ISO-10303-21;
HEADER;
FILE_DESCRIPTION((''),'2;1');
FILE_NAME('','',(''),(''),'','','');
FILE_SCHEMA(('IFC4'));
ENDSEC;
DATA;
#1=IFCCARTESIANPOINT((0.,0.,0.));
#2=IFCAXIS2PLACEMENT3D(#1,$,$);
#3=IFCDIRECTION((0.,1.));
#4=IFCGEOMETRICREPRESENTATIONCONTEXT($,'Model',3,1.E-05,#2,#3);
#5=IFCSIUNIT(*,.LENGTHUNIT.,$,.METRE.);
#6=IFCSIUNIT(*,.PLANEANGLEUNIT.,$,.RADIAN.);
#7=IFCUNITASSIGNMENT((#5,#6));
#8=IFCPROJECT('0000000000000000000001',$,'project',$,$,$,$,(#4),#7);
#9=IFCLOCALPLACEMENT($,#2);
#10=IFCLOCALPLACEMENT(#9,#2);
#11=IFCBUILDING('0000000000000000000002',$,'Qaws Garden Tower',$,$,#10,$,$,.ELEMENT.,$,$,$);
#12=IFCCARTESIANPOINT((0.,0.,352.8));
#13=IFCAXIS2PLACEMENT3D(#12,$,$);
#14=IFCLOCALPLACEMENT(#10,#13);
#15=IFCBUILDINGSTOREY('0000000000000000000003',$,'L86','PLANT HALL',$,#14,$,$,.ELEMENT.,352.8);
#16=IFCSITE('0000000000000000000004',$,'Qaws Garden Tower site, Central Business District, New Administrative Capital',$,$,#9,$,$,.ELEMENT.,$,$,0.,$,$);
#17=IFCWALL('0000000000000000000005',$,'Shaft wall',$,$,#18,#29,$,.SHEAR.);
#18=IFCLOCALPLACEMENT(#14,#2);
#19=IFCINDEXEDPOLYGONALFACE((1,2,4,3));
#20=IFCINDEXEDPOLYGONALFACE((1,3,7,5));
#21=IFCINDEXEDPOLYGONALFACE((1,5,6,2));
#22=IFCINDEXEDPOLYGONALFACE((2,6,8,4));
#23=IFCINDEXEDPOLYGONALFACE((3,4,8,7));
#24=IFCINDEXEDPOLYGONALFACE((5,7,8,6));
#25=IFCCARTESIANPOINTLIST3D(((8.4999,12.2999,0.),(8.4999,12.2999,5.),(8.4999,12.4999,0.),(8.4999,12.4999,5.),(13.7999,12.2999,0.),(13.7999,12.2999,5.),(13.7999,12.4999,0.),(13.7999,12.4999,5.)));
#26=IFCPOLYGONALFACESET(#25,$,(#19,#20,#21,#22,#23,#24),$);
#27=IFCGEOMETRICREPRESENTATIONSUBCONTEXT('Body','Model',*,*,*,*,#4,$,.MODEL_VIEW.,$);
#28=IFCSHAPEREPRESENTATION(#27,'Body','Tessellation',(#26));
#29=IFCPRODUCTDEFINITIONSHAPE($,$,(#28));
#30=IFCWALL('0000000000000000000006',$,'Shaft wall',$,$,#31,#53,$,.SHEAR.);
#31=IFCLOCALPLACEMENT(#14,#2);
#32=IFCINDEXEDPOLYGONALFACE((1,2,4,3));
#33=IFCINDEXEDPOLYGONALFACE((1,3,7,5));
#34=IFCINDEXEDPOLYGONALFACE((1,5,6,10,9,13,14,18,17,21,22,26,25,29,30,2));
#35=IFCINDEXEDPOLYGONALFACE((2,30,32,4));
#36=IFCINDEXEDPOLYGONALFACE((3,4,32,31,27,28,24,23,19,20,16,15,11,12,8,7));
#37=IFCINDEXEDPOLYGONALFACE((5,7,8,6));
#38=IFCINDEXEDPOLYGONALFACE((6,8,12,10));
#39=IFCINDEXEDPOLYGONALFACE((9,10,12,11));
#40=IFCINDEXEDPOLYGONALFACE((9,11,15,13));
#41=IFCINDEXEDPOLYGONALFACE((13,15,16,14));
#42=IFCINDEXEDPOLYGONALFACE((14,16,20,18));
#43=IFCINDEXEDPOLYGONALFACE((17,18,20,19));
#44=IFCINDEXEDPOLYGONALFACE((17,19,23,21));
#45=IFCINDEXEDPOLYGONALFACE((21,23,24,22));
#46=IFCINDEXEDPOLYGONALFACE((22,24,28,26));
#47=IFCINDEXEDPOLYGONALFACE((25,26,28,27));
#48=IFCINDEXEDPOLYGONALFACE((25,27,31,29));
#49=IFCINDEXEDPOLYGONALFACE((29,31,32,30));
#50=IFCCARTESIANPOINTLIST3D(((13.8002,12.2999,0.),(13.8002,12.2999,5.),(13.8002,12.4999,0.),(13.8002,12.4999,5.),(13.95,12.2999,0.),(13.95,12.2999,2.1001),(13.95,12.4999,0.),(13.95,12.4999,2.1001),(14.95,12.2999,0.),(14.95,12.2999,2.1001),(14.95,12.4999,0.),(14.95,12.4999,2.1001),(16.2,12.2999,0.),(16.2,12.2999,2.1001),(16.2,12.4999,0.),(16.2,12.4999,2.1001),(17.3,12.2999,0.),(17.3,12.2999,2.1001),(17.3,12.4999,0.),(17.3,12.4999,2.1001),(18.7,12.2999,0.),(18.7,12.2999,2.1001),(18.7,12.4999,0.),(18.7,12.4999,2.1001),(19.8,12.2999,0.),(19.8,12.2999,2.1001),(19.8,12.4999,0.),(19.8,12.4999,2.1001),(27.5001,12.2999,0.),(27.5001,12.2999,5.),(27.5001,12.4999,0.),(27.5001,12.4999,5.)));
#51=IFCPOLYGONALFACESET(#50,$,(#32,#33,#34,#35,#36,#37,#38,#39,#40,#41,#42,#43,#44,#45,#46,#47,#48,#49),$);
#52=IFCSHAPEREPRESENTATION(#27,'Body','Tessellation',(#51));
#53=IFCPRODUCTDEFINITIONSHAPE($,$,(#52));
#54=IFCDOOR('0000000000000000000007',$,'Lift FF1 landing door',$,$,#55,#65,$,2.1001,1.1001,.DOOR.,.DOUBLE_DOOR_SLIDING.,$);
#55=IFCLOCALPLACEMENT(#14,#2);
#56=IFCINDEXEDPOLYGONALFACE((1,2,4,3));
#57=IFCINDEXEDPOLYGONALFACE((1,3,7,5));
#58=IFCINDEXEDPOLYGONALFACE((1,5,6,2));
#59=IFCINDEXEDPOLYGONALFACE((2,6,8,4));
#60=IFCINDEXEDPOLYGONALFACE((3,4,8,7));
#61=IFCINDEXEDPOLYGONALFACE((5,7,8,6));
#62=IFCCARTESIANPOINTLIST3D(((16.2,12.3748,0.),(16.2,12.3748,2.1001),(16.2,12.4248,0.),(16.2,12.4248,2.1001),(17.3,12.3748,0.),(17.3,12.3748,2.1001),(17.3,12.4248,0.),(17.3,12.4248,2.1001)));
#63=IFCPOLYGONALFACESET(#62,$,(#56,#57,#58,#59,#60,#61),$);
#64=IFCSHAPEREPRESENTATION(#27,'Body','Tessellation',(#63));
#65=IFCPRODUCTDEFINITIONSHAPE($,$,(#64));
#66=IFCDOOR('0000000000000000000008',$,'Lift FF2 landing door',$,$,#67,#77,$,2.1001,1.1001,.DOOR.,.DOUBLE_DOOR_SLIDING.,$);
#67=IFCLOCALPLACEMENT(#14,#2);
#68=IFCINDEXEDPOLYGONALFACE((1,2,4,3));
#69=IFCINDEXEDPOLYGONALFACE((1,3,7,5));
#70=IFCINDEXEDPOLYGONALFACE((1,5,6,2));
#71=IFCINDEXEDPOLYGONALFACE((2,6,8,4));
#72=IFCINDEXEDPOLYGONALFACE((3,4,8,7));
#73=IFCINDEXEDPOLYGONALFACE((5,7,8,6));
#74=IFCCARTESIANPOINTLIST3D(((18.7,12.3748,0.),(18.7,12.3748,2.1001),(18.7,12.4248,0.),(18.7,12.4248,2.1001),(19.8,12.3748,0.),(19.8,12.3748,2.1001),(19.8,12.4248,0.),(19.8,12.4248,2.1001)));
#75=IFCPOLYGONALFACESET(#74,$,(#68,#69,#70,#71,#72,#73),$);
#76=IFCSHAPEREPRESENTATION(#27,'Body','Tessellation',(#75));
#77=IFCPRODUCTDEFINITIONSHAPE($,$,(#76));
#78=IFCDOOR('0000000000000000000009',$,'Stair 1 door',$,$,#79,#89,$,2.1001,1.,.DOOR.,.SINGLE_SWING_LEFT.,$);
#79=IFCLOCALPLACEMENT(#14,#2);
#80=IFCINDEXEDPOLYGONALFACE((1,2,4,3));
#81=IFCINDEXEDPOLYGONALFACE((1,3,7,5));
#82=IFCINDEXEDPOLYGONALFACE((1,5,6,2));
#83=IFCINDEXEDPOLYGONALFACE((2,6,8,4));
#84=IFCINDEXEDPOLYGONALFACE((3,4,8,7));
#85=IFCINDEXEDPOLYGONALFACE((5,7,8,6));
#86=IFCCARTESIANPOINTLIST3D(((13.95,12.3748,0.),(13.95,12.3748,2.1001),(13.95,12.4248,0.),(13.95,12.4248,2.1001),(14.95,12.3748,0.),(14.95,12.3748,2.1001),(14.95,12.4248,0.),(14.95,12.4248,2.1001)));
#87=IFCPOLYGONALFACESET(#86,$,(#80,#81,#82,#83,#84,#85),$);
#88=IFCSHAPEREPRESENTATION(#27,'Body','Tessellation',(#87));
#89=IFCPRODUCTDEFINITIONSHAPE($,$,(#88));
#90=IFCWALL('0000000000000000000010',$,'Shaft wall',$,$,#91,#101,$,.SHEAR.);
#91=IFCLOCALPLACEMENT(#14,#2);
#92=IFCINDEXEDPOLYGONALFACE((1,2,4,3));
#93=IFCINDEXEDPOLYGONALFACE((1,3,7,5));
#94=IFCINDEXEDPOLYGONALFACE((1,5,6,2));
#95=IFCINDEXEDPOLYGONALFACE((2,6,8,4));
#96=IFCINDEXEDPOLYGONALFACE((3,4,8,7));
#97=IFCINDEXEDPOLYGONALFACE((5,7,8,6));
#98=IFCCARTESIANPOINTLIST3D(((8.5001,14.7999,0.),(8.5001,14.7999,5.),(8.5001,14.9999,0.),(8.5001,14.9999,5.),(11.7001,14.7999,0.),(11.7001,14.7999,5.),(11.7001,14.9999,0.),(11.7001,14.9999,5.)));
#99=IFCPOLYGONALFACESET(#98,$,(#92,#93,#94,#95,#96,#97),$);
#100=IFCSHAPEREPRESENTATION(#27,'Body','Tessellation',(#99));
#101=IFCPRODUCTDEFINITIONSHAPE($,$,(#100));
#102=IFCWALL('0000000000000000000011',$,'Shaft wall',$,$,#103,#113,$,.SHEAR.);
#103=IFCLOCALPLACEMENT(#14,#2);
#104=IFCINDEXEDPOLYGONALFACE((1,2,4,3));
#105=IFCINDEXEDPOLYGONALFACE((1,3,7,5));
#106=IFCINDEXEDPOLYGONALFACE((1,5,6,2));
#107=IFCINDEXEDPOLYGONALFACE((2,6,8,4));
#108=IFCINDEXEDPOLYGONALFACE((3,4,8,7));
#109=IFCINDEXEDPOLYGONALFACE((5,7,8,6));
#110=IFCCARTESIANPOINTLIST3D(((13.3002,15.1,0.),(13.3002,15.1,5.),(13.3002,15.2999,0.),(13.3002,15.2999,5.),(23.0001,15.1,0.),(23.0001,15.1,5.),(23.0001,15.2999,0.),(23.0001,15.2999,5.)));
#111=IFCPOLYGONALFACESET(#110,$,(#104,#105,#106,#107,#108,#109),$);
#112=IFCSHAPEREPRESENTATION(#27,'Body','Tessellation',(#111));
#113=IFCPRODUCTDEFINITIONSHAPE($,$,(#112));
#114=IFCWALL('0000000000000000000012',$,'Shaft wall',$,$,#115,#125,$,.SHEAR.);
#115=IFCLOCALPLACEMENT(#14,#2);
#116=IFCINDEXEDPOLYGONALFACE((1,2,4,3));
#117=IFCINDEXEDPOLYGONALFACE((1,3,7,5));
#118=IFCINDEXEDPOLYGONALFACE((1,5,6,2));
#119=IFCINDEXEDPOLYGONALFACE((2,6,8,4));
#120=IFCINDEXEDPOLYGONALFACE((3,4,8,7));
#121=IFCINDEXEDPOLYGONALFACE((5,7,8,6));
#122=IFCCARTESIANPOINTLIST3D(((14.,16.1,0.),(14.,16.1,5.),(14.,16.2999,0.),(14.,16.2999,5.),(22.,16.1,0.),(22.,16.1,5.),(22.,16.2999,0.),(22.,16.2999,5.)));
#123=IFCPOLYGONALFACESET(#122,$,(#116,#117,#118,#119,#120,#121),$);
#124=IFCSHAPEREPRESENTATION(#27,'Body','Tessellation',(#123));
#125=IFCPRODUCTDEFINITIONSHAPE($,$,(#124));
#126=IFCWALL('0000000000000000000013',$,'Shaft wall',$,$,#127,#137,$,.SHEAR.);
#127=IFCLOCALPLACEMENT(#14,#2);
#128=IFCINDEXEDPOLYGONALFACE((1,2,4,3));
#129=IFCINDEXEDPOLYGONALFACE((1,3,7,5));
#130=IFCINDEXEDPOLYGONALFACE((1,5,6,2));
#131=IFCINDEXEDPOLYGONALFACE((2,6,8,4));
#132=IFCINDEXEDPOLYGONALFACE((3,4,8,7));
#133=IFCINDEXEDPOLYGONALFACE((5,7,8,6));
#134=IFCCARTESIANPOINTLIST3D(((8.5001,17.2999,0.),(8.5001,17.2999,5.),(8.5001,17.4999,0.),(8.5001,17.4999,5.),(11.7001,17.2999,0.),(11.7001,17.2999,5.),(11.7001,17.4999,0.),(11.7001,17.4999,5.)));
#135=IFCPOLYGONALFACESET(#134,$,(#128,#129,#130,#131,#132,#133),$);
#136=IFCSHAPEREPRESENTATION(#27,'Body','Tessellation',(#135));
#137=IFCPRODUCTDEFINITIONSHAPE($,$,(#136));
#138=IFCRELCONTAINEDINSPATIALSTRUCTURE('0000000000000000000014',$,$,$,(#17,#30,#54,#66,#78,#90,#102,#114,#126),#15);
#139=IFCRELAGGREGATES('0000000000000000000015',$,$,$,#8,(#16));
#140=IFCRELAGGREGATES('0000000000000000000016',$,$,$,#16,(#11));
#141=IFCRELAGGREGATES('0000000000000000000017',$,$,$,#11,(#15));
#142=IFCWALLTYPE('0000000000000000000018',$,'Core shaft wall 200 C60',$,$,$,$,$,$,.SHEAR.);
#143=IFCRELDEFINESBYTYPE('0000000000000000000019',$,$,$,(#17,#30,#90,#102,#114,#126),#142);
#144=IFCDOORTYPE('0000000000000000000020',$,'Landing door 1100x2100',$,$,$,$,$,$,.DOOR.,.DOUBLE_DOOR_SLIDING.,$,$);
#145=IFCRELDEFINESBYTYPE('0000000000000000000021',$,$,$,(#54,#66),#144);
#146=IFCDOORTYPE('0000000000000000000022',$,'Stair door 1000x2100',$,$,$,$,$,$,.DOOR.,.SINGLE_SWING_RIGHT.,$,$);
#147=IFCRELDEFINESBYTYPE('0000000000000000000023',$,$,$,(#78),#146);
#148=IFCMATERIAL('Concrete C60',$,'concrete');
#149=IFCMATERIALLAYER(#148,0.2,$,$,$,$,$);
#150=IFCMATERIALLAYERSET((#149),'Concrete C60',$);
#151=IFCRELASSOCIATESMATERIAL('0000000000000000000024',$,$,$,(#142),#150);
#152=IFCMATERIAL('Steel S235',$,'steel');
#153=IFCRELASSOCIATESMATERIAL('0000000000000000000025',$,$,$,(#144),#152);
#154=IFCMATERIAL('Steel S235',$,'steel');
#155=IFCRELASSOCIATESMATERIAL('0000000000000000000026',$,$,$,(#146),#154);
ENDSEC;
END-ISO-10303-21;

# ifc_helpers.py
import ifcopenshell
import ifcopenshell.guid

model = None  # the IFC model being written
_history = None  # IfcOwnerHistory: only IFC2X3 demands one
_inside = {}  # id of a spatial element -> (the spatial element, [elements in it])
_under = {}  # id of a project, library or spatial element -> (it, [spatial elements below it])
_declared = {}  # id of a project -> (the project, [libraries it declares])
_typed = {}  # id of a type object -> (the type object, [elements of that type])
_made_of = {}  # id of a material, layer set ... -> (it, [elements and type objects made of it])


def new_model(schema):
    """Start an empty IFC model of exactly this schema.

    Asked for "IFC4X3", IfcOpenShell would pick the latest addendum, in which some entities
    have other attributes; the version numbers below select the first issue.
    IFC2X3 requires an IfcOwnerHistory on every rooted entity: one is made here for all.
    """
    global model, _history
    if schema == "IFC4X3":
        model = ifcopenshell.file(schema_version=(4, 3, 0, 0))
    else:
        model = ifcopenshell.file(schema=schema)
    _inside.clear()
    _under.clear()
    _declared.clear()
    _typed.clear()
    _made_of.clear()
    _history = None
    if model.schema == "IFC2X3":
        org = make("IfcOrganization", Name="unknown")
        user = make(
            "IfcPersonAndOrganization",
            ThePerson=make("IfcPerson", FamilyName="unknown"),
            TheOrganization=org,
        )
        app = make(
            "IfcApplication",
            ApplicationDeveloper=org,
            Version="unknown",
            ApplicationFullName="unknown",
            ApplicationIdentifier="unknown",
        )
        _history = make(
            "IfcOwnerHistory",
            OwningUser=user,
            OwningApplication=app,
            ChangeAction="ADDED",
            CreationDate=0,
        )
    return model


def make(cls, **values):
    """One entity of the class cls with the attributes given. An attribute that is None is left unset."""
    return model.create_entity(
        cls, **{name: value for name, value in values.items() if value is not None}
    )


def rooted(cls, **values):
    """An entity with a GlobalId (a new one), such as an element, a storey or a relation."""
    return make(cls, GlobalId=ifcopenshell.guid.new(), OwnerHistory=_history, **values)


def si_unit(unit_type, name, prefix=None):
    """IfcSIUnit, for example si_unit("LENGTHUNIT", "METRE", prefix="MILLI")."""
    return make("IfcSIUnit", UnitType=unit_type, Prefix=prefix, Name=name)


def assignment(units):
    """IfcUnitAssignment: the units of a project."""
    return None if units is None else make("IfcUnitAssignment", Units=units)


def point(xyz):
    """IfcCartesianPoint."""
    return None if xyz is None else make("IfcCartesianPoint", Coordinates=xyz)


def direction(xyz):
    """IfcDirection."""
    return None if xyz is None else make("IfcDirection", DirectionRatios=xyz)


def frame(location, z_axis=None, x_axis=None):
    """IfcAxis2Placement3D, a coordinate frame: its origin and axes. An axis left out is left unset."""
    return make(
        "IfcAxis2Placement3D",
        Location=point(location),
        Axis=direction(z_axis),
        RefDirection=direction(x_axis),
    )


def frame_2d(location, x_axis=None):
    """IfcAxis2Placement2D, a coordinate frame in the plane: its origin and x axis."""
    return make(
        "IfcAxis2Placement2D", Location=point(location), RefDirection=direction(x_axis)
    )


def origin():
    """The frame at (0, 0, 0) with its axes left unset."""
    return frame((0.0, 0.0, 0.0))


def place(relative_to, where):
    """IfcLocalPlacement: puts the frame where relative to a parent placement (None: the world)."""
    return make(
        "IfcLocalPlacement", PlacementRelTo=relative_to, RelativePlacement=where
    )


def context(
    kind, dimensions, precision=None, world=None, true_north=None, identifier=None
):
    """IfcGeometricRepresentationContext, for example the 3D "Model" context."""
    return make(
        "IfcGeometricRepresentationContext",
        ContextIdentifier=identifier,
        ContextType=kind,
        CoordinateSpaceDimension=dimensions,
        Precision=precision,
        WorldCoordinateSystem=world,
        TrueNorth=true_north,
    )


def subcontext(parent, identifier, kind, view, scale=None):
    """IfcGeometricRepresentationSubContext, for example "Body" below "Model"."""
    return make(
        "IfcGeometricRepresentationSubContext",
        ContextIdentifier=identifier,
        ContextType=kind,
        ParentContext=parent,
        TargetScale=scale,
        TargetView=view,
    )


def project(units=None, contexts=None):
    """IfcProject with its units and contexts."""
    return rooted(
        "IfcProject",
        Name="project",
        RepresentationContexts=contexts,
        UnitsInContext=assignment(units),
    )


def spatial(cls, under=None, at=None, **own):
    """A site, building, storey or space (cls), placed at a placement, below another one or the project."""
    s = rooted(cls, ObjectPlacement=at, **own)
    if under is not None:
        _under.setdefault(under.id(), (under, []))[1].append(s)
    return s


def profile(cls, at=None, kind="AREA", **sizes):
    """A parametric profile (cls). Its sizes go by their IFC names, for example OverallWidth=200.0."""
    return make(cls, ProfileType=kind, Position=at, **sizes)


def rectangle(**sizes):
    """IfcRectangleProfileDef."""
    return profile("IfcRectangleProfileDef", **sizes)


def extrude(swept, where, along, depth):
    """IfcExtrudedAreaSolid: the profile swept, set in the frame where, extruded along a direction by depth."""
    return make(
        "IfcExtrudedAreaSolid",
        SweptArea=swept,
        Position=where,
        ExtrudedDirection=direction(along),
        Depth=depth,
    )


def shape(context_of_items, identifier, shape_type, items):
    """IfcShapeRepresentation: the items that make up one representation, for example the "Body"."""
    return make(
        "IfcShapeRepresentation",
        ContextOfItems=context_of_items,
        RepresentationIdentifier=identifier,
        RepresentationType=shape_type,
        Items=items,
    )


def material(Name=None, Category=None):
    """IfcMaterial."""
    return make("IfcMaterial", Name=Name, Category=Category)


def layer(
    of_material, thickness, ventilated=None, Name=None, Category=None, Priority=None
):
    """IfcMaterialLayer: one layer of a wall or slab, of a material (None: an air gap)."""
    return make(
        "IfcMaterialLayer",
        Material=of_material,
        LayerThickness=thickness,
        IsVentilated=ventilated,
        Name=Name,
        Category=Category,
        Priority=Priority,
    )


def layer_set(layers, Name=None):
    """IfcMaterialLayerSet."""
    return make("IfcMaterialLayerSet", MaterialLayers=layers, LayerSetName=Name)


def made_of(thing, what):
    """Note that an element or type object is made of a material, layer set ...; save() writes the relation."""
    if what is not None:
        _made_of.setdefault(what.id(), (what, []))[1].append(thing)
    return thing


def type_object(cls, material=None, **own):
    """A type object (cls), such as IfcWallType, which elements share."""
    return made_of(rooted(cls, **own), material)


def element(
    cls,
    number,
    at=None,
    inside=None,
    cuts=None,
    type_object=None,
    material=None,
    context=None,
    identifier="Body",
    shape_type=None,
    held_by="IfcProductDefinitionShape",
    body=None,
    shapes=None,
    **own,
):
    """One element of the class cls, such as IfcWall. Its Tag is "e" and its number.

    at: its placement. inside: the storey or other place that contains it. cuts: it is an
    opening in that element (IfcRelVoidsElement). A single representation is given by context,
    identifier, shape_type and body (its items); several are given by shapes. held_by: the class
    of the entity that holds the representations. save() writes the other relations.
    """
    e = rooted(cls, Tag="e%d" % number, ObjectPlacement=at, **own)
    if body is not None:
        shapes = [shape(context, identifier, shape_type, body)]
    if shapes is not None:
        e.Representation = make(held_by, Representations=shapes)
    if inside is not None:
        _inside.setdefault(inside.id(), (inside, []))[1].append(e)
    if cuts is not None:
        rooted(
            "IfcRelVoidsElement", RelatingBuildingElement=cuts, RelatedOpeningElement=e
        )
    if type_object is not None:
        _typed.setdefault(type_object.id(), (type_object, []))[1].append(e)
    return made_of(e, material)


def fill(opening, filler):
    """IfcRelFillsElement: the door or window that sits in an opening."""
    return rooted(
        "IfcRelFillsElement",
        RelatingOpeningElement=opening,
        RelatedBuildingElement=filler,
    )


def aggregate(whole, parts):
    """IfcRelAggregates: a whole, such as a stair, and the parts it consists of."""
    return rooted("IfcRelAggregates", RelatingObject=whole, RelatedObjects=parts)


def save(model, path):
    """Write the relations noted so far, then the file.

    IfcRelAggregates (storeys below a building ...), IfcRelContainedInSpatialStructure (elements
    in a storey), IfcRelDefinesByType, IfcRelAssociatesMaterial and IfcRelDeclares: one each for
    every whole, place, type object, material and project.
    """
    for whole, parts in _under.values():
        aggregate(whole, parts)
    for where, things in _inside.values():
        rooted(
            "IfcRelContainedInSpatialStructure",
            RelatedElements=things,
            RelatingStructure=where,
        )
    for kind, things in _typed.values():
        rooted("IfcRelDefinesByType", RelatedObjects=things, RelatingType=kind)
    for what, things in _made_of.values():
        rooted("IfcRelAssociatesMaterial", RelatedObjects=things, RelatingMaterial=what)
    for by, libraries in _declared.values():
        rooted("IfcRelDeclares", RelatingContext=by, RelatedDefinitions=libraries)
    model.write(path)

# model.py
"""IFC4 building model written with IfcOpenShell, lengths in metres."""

from ifc_helpers import new_model, si_unit, direction, frame, frame_2d, origin, place, context, subcontext, project, spatial, rectangle, extrude, material, layer, layer_set, type_object, element, fill, save


model = new_model("IFC4")

# Units and contexts
model_context = context("Model", 3, precision=1e-05, world=origin(), true_north=direction((0.0, 1.0)))
body_context = subcontext(model_context, "Body", "Model", "MODEL_VIEW")
ifc_project = project(units=[si_unit("LENGTHUNIT", "METRE"), si_unit("PLANEANGLEUNIT", "RADIAN")], contexts=[model_context])

# Site, building, storey
site_placement = place(None, origin())
site = spatial("IfcSite", under=ifc_project, at=site_placement, Name="Qaws Garden Tower site, Central Business District, New Administrative Capital", CompositionType="ELEMENT", RefElevation=0.0)
building_placement = place(site_placement, origin())
building = spatial("IfcBuilding", under=site, at=building_placement, Name="Qaws Garden Tower", CompositionType="ELEMENT")
storey_placement = place(building_placement, frame((0.0, 0.0, 352.8)))
storey = spatial("IfcBuildingStorey", under=building, at=storey_placement, Name="L86", Description="PLANT HALL", CompositionType="ELEMENT", Elevation=352.8)

# Wall
ifc_material_1 = material(Name="Concrete C60", Category="concrete")
ifc_layer = layer(ifc_material_1, 0.2)
ifc_layer_set = layer_set([ifc_layer], Name="Concrete C60")
wall_type = type_object("IfcWallType", Name="Core shaft wall 200 C60", PredefinedType="SHEAR", material=ifc_layer_set)
wall_1_placement = place(storey_placement, frame((8.5, 12.3999, 0.0), z_axis=(0.0, 0.0, 1.0), x_axis=(1.0, 0.0, 0.0)))
element("IfcWall", 1, at=wall_1_placement, inside=storey, type_object=wall_type, Name="Shaft wall", PredefinedType="SHEAR", context=body_context, shape_type="SweptSolid", body=[
    extrude(rectangle(XDim=5.3, YDim=0.2, at=frame_2d((2.6499, 0.0))), origin(), (0.0, 0.0, 1.0), 5.0),
])

# Wall, openings, doors
wall_2_placement = place(storey_placement, frame((13.8, 12.3999, 0.0), z_axis=(0.0, 0.0, 1.0), x_axis=(1.0, 0.0, 0.0)))
wall_2 = element("IfcWall", 2, at=wall_2_placement, inside=storey, type_object=wall_type, Name="Shaft wall", PredefinedType="SHEAR", context=body_context, shape_type="SweptSolid", body=[
    extrude(rectangle(XDim=13.7, YDim=0.2, at=frame_2d((6.8501, 0.0))), origin(), (0.0, 0.0, 1.0), 5.0),
])
opening_1_placement = place(wall_2_placement, frame((2.3999, 0.0, 0.0)))
opening_1 = element("IfcOpeningElement", 3, at=opening_1_placement, cuts=wall_2, PredefinedType="OPENING", context=body_context, shape_type="SweptSolid", body=[
    extrude(rectangle(XDim=1.1001, YDim=2.1001, at=frame_2d((0.55, 1.05))), frame((0.0, 0.1099, 0.0), z_axis=(0.0, -1.0, 0.0), x_axis=(1.0, 0.0, 0.0)), (0.0, 0.0, 1.0), 0.22),
])
opening_2_placement = place(wall_2_placement, frame((4.8999, 0.0, 0.0)))
opening_2 = element("IfcOpeningElement", 4, at=opening_2_placement, cuts=wall_2, PredefinedType="OPENING", context=body_context, shape_type="SweptSolid", body=[
    extrude(rectangle(XDim=1.1001, YDim=2.1001, at=frame_2d((0.55, 1.05))), frame((0.0, 0.1099, 0.0), z_axis=(0.0, -1.0, 0.0), x_axis=(1.0, 0.0, 0.0)), (0.0, 0.0, 1.0), 0.22),
])
opening_3_placement = place(wall_2_placement, frame((0.1499, 0.0, 0.0)))
opening_3 = element("IfcOpeningElement", 5, at=opening_3_placement, cuts=wall_2, PredefinedType="OPENING", context=body_context, shape_type="SweptSolid", body=[
    extrude(rectangle(XDim=1.0, YDim=2.1001, at=frame_2d((0.5, 1.05))), frame((0.0, 0.1099, 0.0), z_axis=(0.0, -1.0, 0.0), x_axis=(1.0, 0.0, 0.0)), (0.0, 0.0, 1.0), 0.22),
])
ifc_material_2 = material(Name="Steel S235", Category="steel")
door_type_1 = type_object("IfcDoorType", Name="Landing door 1100x2100", OperationType="DOUBLE_DOOR_SLIDING", PredefinedType="DOOR", material=ifc_material_2)
door_1_placement = place(opening_1_placement, origin())
door_1 = element("IfcDoor", 6, at=door_1_placement, inside=storey, type_object=door_type_1, Name="Lift FF1 landing door", OperationType="DOUBLE_DOOR_SLIDING", OverallHeight=2.1001, OverallWidth=1.1001, PredefinedType="DOOR", context=body_context, shape_type="SweptSolid", body=[
    extrude(rectangle(XDim=1.1001, YDim=2.1001, at=frame_2d((0.55, 1.05))), frame((0.0, 0.0249, 0.0), z_axis=(0.0, -1.0, 0.0), x_axis=(1.0, 0.0, 0.0)), (0.0, 0.0, 1.0), 0.05),
])
fill(opening_1, door_1)
door_2_placement = place(opening_2_placement, origin())
door_2 = element("IfcDoor", 7, at=door_2_placement, inside=storey, type_object=door_type_1, Name="Lift FF2 landing door", OperationType="DOUBLE_DOOR_SLIDING", OverallHeight=2.1001, OverallWidth=1.1001, PredefinedType="DOOR", context=body_context, shape_type="SweptSolid", body=[
    extrude(rectangle(XDim=1.1001, YDim=2.1001, at=frame_2d((0.55, 1.05))), frame((0.0, 0.0249, 0.0), z_axis=(0.0, -1.0, 0.0), x_axis=(1.0, 0.0, 0.0)), (0.0, 0.0, 1.0), 0.05),
])
fill(opening_2, door_2)
ifc_material_3 = material(Name="Steel S235", Category="steel")
door_type_2 = type_object("IfcDoorType", Name="Stair door 1000x2100", OperationType="SINGLE_SWING_RIGHT", PredefinedType="DOOR", material=ifc_material_3)
door_3_placement = place(opening_3_placement, origin())
door_3 = element("IfcDoor", 8, at=door_3_placement, inside=storey, type_object=door_type_2, Name="Stair 1 door", OperationType="SINGLE_SWING_LEFT", OverallHeight=2.1001, OverallWidth=1.0, PredefinedType="DOOR", context=body_context, shape_type="SweptSolid", body=[
    extrude(rectangle(XDim=1.0, YDim=2.1001, at=frame_2d((0.5, 1.05))), frame((0.0, 0.0249, 0.0), z_axis=(0.0, -1.0, 0.0), x_axis=(1.0, 0.0, 0.0)), (0.0, 0.0, 1.0), 0.05),
])
fill(opening_3, door_3)

# Walls
wall_3_placement = place(storey_placement, frame((8.5, 14.8999, 0.0), z_axis=(0.0, 0.0, 1.0), x_axis=(1.0, 0.0, 0.0)))
element("IfcWall", 9, at=wall_3_placement, inside=storey, type_object=wall_type, Name="Shaft wall", PredefinedType="SHEAR", context=body_context, shape_type="SweptSolid", body=[
    extrude(rectangle(XDim=3.2, YDim=0.2, at=frame_2d((1.6001, 0.0))), origin(), (0.0, 0.0, 1.0), 5.0),
])
wall_4_placement = place(storey_placement, frame((13.3, 15.2, 0.0), z_axis=(0.0, 0.0, 1.0), x_axis=(1.0, 0.0, 0.0)))
element("IfcWall", 10, at=wall_4_placement, inside=storey, type_object=wall_type, Name="Shaft wall", PredefinedType="SHEAR", context=body_context, shape_type="SweptSolid", body=[
    extrude(rectangle(XDim=9.7, YDim=0.2, at=frame_2d((4.8501, 0.0))), origin(), (0.0, 0.0, 1.0), 5.0),
])
wall_5_placement = place(storey_placement, frame((14.0, 16.2, 0.0), z_axis=(0.0, 0.0, 1.0), x_axis=(1.0, 0.0, 0.0)))
element("IfcWall", 11, at=wall_5_placement, inside=storey, type_object=wall_type, Name="Shaft wall", PredefinedType="SHEAR", context=body_context, shape_type="SweptSolid", body=[
    extrude(rectangle(XDim=8.0, YDim=0.2, at=frame_2d((4.0, 0.0))), origin(), (0.0, 0.0, 1.0), 5.0),
])
wall_6_placement = place(storey_placement, frame((8.5, 17.3999, 0.0), z_axis=(0.0, 0.0, 1.0), x_axis=(1.0, 0.0, 0.0)))
element("IfcWall", 12, at=wall_6_placement, inside=storey, type_object=wall_type, Name="Shaft wall", PredefinedType="SHEAR", context=body_context, shape_type="SweptSolid", body=[
    extrude(rectangle(XDim=3.2, YDim=0.2, at=frame_2d((1.6001, 0.0))), origin(), (0.0, 0.0, 1.0), 5.0),
])

save(model, "model.ifc")
